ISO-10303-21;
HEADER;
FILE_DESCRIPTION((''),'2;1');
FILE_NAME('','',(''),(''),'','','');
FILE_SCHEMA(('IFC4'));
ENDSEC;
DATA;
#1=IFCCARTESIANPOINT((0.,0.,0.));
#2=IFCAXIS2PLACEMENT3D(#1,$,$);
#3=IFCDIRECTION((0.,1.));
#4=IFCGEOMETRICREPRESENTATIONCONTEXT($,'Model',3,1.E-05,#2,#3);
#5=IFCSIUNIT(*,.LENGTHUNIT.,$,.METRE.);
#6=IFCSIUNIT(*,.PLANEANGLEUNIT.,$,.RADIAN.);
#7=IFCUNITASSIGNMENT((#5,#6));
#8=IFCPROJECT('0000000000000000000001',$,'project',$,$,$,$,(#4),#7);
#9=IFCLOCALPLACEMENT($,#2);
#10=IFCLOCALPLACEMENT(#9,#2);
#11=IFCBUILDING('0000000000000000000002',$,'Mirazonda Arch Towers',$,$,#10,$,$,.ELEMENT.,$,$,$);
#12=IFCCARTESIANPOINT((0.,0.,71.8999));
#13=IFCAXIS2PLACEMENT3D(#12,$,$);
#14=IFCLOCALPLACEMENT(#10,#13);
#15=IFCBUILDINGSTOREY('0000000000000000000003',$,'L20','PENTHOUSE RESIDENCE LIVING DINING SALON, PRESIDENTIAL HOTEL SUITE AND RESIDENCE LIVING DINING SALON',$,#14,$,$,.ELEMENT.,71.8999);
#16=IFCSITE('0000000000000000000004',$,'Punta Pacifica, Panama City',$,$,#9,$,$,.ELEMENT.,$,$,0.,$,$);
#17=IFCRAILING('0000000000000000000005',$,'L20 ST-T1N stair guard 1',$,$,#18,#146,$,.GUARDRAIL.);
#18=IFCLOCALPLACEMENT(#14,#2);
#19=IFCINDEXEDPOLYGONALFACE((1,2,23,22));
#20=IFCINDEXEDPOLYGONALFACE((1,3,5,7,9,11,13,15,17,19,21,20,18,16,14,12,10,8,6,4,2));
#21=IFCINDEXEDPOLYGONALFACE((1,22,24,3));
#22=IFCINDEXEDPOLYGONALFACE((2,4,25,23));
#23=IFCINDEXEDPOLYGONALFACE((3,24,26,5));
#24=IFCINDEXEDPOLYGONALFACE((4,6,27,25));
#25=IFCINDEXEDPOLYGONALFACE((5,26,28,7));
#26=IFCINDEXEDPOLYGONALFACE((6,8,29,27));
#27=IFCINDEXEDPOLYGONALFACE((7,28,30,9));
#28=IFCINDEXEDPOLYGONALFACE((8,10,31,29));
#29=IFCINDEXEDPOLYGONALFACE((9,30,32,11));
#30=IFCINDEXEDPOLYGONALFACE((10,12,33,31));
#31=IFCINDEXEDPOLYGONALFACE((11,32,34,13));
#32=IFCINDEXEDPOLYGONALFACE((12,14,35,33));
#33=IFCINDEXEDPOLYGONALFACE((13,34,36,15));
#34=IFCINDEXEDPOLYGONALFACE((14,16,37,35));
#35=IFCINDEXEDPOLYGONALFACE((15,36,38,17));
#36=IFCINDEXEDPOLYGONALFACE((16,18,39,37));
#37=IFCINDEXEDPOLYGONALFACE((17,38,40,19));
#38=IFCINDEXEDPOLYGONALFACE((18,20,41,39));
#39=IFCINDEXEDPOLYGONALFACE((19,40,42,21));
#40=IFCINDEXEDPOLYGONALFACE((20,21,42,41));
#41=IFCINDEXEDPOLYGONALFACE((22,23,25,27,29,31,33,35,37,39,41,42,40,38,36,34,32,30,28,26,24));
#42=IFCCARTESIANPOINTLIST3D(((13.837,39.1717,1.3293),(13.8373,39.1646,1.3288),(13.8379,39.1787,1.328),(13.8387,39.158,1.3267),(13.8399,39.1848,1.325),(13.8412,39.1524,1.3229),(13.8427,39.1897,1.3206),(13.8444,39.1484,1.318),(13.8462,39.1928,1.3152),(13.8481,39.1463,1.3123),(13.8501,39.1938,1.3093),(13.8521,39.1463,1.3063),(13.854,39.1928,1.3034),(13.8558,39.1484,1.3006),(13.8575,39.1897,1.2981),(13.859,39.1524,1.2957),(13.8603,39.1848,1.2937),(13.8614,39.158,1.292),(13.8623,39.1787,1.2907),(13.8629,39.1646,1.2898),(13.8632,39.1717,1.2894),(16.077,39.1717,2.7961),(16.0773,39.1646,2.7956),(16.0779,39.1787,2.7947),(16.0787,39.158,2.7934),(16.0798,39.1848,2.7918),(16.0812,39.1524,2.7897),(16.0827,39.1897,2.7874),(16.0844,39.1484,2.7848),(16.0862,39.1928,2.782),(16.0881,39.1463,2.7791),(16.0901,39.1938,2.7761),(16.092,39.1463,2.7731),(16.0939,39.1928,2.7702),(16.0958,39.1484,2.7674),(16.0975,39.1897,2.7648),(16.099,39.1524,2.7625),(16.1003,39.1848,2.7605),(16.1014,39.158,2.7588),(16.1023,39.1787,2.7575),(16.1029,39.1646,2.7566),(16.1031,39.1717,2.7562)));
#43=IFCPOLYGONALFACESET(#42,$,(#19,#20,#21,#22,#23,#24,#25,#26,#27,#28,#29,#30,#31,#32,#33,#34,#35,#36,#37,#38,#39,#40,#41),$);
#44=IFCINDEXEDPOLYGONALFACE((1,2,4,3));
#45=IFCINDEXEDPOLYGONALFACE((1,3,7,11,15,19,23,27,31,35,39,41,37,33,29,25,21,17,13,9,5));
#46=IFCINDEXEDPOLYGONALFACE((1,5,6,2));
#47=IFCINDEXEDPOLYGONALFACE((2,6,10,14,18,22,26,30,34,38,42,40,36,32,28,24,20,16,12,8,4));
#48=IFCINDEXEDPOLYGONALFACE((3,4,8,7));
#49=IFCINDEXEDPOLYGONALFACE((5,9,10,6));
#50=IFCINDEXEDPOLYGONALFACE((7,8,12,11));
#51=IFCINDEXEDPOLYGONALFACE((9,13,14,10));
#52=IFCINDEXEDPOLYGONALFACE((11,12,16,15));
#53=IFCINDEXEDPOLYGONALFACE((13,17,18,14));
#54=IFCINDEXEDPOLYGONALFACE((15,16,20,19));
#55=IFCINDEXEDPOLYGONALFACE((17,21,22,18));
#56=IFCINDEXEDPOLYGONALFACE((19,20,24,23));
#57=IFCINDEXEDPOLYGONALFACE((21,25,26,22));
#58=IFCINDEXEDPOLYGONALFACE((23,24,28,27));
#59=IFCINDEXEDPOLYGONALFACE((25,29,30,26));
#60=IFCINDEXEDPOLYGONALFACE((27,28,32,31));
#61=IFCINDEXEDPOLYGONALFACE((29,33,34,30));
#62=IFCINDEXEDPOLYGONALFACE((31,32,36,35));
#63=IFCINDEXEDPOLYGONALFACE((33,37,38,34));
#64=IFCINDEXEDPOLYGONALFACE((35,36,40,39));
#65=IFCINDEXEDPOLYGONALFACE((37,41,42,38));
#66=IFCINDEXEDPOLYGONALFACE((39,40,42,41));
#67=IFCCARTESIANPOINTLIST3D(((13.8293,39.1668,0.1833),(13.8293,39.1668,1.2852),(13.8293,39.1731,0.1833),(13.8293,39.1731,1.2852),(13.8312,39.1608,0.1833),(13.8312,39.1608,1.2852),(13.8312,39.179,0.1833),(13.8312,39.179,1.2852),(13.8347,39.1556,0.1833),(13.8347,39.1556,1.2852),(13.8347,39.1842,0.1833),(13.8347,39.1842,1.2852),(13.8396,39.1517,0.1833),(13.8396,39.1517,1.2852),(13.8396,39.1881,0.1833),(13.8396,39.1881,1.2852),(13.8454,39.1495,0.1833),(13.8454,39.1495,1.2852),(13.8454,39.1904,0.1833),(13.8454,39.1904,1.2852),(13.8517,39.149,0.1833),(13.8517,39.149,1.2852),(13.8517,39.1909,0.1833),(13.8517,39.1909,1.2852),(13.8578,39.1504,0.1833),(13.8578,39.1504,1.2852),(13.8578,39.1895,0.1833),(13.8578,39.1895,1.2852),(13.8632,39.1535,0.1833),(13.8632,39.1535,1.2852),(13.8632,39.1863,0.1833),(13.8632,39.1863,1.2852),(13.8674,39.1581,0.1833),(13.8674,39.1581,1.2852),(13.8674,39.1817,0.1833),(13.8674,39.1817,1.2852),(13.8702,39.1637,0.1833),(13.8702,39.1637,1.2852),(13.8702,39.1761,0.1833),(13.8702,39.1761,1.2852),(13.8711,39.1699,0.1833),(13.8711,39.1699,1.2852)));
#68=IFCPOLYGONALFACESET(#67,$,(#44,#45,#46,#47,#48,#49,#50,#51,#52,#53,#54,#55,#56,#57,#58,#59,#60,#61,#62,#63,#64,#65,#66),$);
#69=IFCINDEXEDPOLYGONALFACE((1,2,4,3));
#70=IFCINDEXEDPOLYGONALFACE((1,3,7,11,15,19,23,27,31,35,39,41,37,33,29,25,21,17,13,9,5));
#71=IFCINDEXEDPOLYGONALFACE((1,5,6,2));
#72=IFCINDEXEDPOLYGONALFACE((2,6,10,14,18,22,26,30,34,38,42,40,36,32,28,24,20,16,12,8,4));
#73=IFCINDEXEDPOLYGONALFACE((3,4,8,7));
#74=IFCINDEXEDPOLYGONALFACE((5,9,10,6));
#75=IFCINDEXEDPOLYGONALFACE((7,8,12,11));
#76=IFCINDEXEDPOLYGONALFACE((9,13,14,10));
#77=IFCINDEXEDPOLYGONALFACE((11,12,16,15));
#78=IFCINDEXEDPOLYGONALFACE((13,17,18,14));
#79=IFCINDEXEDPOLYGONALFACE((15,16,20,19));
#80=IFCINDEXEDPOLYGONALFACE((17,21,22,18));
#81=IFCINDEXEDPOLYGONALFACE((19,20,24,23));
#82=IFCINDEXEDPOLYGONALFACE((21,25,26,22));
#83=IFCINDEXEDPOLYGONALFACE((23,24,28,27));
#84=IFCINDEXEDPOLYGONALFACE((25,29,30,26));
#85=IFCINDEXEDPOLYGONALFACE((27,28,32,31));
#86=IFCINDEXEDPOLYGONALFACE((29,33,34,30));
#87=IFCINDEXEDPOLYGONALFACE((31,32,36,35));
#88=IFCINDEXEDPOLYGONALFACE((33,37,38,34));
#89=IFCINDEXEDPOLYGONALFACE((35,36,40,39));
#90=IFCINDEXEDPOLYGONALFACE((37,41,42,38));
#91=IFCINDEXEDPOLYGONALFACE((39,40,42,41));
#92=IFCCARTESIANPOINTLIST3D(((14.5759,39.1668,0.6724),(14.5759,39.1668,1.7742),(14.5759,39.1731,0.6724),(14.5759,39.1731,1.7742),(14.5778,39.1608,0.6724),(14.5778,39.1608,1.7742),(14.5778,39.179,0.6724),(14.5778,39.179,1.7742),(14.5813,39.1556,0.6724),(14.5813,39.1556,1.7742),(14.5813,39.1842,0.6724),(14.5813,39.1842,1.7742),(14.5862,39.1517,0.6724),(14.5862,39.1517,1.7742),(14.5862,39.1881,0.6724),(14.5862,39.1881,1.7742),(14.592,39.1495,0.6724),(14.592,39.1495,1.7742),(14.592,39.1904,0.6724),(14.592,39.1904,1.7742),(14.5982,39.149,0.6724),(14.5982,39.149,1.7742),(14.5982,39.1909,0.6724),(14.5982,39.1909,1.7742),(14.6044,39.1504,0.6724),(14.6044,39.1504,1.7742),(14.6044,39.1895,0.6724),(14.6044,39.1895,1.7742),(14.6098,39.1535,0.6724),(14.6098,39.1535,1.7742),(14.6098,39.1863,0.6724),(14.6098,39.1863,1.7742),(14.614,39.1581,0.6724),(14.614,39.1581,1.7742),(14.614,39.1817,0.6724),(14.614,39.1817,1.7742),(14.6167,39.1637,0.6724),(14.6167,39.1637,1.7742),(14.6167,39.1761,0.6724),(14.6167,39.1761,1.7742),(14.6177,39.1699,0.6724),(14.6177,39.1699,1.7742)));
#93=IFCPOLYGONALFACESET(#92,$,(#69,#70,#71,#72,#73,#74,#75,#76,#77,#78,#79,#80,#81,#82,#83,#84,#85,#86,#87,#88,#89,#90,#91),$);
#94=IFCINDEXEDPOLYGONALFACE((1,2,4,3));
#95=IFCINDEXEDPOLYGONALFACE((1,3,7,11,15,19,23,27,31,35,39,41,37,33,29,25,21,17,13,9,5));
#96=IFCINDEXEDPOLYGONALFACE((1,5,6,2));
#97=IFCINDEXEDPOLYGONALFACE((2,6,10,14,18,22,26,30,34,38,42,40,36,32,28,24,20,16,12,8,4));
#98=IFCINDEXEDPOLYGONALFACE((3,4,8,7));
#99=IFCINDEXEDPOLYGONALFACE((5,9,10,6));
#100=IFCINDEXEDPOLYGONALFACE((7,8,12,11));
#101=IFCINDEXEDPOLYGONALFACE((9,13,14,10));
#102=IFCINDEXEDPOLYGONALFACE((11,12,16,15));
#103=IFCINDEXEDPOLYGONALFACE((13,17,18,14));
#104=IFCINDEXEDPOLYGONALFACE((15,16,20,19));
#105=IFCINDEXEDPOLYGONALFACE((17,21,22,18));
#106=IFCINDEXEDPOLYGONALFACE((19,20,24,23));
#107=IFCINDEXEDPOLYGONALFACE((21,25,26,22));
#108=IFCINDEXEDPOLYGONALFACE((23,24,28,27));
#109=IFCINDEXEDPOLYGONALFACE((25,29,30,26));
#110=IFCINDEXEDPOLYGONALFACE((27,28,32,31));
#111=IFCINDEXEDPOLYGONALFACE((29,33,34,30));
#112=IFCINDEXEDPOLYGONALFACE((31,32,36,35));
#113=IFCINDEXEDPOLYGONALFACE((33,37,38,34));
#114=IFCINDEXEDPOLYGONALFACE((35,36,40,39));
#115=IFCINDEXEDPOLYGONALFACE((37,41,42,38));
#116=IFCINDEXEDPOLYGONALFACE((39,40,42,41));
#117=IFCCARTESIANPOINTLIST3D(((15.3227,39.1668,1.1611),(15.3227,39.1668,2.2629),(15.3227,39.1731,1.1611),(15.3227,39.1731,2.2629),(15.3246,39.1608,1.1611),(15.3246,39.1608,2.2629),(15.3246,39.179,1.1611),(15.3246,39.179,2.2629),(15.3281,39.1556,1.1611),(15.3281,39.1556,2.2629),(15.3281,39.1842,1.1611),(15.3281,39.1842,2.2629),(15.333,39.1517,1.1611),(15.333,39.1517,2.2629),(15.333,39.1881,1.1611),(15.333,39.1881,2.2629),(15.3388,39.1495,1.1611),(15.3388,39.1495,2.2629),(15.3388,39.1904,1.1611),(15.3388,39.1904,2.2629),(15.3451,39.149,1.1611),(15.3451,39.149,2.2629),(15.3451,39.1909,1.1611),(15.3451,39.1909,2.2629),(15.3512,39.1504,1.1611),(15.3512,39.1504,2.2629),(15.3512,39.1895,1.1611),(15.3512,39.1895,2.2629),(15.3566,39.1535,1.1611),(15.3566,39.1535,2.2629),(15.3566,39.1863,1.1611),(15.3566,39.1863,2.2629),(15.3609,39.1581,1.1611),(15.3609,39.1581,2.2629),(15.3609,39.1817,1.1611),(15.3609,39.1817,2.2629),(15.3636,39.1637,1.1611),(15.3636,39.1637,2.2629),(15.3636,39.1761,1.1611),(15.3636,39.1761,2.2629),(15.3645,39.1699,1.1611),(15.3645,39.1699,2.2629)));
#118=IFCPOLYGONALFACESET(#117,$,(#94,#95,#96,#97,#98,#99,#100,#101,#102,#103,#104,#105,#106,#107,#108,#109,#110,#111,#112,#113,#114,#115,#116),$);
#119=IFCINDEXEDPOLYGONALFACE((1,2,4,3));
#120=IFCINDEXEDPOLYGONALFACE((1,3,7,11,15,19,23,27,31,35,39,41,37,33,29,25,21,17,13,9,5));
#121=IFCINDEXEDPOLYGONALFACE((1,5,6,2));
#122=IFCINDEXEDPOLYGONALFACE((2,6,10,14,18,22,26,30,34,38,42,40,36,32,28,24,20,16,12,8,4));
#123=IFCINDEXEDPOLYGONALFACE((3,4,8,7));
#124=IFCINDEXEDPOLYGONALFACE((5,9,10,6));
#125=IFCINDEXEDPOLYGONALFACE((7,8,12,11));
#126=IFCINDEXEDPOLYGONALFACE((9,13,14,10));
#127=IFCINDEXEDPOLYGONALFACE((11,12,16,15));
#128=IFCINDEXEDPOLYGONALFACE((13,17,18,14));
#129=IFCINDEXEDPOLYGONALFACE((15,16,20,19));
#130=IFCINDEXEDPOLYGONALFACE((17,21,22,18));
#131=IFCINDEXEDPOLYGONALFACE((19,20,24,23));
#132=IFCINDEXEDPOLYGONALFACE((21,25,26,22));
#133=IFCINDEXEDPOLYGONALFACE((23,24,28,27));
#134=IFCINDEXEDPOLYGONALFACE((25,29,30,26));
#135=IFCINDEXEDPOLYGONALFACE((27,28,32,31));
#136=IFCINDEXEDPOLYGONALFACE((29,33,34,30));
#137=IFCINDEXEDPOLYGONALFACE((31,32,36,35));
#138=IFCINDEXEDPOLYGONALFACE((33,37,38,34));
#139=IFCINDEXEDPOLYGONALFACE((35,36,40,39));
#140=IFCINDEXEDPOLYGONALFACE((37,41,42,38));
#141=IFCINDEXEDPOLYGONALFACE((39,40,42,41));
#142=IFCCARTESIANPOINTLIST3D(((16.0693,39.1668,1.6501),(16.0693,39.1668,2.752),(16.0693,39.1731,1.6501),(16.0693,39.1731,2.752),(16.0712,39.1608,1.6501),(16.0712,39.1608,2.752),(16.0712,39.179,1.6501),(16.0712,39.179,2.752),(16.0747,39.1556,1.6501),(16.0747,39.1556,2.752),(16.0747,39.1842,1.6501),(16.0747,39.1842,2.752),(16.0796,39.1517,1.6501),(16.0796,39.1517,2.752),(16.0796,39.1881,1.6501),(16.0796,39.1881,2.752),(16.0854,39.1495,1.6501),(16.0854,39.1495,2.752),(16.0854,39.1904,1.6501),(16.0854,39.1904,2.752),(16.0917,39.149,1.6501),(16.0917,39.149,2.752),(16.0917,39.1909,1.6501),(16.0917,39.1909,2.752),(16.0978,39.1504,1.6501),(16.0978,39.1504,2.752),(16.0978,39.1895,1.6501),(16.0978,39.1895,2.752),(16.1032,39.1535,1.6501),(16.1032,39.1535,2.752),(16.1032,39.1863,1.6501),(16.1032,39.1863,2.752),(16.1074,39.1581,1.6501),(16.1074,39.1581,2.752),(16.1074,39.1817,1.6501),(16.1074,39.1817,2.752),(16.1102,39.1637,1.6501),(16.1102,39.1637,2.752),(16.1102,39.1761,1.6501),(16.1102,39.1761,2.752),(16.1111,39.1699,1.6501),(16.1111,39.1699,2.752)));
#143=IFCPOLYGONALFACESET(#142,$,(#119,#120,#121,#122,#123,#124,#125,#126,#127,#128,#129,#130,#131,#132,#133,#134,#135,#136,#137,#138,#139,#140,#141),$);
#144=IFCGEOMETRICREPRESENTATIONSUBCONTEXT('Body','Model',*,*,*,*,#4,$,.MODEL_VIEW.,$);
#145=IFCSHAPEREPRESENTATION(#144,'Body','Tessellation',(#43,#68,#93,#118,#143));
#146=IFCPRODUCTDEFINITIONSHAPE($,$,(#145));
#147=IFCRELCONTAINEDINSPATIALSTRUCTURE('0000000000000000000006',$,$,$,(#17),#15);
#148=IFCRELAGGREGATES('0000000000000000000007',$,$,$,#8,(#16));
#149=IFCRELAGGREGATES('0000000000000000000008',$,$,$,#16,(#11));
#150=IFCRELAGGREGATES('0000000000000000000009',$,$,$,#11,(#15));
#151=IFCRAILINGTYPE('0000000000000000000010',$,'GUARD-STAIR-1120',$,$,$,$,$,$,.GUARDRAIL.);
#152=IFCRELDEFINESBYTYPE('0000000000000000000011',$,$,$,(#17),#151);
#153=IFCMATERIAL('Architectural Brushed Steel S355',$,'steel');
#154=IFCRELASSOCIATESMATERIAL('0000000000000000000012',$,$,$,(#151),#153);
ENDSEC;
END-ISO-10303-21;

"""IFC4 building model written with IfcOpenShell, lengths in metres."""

from ifc_helpers import new_model, si_unit, direction, frame, origin, origin_2d, place, context, subcontext, project, spatial, circle, extrude, material, type_object, element, save


model = new_model("IFC4")

# Units and contexts
model_context = context("Model", 3, precision=1e-05, world=origin(), true_north=direction((0.0, 1.0)))
body_context = subcontext(model_context, "Body", "Model", "MODEL_VIEW")
ifc_project = project(units=[si_unit("LENGTHUNIT", "METRE"), si_unit("PLANEANGLEUNIT", "RADIAN")], contexts=[model_context])

# Site, building, storey
site_placement = place(None, origin())
site = spatial("IfcSite", under=ifc_project, at=site_placement, Name="Punta Pacifica, Panama City", CompositionType="ELEMENT", RefElevation=0.0)
building_placement = place(site_placement, origin())
building = spatial("IfcBuilding", under=site, at=building_placement, Name="Mirazonda Arch Towers", CompositionType="ELEMENT")
storey_placement = place(building_placement, frame((0.0, 0.0, 71.8999)))
storey = spatial("IfcBuildingStorey", under=building, at=storey_placement, Name="L20", Description="PENTHOUSE RESIDENCE LIVING DINING SALON, PRESIDENTIAL HOTEL SUITE AND RESIDENCE LIVING DINING SALON", CompositionType="ELEMENT", Elevation=71.8999)

# Shared definitions
ifc_material_1 = material(Name="Architectural Brushed Steel S355", Category="steel")

# Railing
railing_type_1 = type_object("IfcRailingType", Name="GUARD-STAIR-1120", PredefinedType="GUARDRAIL", material=ifc_material_1)
railing_1_placement = place(storey_placement, frame((13.8501, 39.1699, 0.1833)))
element("IfcRailing", 1, at=railing_1_placement, inside=storey, type_object=railing_type_1, Name="L20 ST-T1N stair guard 1", PredefinedType="GUARDRAIL", context=body_context, shape_type="SweptSolid", body=[
    extrude(circle(Radius=0.0239, at=origin_2d()), frame((0.0, 0.0, 1.126), z_axis=(0.836595, 0.0, 0.547822), x_axis=(0.0, 1.0, 0.0)), (0.0, 0.0, 1.0), 2.6775),
    extrude(circle(Radius=0.021, at=origin_2d()), origin(), (0.0, 0.0, 1.0), 1.1018),
    extrude(circle(Radius=0.021, at=origin_2d()), frame((0.7466, 0.0, 0.489)), (0.0, 0.0, 1.0), 1.1018),
    extrude(circle(Radius=0.021, at=origin_2d()), frame((1.4934, 0.0, 0.9778)), (0.0, 0.0, 1.0), 1.1018),
    extrude(circle(Radius=0.021, at=origin_2d()), frame((2.24, 0.0, 1.4668)), (0.0, 0.0, 1.0), 1.1018),
])

save(model, "model.ifc")
